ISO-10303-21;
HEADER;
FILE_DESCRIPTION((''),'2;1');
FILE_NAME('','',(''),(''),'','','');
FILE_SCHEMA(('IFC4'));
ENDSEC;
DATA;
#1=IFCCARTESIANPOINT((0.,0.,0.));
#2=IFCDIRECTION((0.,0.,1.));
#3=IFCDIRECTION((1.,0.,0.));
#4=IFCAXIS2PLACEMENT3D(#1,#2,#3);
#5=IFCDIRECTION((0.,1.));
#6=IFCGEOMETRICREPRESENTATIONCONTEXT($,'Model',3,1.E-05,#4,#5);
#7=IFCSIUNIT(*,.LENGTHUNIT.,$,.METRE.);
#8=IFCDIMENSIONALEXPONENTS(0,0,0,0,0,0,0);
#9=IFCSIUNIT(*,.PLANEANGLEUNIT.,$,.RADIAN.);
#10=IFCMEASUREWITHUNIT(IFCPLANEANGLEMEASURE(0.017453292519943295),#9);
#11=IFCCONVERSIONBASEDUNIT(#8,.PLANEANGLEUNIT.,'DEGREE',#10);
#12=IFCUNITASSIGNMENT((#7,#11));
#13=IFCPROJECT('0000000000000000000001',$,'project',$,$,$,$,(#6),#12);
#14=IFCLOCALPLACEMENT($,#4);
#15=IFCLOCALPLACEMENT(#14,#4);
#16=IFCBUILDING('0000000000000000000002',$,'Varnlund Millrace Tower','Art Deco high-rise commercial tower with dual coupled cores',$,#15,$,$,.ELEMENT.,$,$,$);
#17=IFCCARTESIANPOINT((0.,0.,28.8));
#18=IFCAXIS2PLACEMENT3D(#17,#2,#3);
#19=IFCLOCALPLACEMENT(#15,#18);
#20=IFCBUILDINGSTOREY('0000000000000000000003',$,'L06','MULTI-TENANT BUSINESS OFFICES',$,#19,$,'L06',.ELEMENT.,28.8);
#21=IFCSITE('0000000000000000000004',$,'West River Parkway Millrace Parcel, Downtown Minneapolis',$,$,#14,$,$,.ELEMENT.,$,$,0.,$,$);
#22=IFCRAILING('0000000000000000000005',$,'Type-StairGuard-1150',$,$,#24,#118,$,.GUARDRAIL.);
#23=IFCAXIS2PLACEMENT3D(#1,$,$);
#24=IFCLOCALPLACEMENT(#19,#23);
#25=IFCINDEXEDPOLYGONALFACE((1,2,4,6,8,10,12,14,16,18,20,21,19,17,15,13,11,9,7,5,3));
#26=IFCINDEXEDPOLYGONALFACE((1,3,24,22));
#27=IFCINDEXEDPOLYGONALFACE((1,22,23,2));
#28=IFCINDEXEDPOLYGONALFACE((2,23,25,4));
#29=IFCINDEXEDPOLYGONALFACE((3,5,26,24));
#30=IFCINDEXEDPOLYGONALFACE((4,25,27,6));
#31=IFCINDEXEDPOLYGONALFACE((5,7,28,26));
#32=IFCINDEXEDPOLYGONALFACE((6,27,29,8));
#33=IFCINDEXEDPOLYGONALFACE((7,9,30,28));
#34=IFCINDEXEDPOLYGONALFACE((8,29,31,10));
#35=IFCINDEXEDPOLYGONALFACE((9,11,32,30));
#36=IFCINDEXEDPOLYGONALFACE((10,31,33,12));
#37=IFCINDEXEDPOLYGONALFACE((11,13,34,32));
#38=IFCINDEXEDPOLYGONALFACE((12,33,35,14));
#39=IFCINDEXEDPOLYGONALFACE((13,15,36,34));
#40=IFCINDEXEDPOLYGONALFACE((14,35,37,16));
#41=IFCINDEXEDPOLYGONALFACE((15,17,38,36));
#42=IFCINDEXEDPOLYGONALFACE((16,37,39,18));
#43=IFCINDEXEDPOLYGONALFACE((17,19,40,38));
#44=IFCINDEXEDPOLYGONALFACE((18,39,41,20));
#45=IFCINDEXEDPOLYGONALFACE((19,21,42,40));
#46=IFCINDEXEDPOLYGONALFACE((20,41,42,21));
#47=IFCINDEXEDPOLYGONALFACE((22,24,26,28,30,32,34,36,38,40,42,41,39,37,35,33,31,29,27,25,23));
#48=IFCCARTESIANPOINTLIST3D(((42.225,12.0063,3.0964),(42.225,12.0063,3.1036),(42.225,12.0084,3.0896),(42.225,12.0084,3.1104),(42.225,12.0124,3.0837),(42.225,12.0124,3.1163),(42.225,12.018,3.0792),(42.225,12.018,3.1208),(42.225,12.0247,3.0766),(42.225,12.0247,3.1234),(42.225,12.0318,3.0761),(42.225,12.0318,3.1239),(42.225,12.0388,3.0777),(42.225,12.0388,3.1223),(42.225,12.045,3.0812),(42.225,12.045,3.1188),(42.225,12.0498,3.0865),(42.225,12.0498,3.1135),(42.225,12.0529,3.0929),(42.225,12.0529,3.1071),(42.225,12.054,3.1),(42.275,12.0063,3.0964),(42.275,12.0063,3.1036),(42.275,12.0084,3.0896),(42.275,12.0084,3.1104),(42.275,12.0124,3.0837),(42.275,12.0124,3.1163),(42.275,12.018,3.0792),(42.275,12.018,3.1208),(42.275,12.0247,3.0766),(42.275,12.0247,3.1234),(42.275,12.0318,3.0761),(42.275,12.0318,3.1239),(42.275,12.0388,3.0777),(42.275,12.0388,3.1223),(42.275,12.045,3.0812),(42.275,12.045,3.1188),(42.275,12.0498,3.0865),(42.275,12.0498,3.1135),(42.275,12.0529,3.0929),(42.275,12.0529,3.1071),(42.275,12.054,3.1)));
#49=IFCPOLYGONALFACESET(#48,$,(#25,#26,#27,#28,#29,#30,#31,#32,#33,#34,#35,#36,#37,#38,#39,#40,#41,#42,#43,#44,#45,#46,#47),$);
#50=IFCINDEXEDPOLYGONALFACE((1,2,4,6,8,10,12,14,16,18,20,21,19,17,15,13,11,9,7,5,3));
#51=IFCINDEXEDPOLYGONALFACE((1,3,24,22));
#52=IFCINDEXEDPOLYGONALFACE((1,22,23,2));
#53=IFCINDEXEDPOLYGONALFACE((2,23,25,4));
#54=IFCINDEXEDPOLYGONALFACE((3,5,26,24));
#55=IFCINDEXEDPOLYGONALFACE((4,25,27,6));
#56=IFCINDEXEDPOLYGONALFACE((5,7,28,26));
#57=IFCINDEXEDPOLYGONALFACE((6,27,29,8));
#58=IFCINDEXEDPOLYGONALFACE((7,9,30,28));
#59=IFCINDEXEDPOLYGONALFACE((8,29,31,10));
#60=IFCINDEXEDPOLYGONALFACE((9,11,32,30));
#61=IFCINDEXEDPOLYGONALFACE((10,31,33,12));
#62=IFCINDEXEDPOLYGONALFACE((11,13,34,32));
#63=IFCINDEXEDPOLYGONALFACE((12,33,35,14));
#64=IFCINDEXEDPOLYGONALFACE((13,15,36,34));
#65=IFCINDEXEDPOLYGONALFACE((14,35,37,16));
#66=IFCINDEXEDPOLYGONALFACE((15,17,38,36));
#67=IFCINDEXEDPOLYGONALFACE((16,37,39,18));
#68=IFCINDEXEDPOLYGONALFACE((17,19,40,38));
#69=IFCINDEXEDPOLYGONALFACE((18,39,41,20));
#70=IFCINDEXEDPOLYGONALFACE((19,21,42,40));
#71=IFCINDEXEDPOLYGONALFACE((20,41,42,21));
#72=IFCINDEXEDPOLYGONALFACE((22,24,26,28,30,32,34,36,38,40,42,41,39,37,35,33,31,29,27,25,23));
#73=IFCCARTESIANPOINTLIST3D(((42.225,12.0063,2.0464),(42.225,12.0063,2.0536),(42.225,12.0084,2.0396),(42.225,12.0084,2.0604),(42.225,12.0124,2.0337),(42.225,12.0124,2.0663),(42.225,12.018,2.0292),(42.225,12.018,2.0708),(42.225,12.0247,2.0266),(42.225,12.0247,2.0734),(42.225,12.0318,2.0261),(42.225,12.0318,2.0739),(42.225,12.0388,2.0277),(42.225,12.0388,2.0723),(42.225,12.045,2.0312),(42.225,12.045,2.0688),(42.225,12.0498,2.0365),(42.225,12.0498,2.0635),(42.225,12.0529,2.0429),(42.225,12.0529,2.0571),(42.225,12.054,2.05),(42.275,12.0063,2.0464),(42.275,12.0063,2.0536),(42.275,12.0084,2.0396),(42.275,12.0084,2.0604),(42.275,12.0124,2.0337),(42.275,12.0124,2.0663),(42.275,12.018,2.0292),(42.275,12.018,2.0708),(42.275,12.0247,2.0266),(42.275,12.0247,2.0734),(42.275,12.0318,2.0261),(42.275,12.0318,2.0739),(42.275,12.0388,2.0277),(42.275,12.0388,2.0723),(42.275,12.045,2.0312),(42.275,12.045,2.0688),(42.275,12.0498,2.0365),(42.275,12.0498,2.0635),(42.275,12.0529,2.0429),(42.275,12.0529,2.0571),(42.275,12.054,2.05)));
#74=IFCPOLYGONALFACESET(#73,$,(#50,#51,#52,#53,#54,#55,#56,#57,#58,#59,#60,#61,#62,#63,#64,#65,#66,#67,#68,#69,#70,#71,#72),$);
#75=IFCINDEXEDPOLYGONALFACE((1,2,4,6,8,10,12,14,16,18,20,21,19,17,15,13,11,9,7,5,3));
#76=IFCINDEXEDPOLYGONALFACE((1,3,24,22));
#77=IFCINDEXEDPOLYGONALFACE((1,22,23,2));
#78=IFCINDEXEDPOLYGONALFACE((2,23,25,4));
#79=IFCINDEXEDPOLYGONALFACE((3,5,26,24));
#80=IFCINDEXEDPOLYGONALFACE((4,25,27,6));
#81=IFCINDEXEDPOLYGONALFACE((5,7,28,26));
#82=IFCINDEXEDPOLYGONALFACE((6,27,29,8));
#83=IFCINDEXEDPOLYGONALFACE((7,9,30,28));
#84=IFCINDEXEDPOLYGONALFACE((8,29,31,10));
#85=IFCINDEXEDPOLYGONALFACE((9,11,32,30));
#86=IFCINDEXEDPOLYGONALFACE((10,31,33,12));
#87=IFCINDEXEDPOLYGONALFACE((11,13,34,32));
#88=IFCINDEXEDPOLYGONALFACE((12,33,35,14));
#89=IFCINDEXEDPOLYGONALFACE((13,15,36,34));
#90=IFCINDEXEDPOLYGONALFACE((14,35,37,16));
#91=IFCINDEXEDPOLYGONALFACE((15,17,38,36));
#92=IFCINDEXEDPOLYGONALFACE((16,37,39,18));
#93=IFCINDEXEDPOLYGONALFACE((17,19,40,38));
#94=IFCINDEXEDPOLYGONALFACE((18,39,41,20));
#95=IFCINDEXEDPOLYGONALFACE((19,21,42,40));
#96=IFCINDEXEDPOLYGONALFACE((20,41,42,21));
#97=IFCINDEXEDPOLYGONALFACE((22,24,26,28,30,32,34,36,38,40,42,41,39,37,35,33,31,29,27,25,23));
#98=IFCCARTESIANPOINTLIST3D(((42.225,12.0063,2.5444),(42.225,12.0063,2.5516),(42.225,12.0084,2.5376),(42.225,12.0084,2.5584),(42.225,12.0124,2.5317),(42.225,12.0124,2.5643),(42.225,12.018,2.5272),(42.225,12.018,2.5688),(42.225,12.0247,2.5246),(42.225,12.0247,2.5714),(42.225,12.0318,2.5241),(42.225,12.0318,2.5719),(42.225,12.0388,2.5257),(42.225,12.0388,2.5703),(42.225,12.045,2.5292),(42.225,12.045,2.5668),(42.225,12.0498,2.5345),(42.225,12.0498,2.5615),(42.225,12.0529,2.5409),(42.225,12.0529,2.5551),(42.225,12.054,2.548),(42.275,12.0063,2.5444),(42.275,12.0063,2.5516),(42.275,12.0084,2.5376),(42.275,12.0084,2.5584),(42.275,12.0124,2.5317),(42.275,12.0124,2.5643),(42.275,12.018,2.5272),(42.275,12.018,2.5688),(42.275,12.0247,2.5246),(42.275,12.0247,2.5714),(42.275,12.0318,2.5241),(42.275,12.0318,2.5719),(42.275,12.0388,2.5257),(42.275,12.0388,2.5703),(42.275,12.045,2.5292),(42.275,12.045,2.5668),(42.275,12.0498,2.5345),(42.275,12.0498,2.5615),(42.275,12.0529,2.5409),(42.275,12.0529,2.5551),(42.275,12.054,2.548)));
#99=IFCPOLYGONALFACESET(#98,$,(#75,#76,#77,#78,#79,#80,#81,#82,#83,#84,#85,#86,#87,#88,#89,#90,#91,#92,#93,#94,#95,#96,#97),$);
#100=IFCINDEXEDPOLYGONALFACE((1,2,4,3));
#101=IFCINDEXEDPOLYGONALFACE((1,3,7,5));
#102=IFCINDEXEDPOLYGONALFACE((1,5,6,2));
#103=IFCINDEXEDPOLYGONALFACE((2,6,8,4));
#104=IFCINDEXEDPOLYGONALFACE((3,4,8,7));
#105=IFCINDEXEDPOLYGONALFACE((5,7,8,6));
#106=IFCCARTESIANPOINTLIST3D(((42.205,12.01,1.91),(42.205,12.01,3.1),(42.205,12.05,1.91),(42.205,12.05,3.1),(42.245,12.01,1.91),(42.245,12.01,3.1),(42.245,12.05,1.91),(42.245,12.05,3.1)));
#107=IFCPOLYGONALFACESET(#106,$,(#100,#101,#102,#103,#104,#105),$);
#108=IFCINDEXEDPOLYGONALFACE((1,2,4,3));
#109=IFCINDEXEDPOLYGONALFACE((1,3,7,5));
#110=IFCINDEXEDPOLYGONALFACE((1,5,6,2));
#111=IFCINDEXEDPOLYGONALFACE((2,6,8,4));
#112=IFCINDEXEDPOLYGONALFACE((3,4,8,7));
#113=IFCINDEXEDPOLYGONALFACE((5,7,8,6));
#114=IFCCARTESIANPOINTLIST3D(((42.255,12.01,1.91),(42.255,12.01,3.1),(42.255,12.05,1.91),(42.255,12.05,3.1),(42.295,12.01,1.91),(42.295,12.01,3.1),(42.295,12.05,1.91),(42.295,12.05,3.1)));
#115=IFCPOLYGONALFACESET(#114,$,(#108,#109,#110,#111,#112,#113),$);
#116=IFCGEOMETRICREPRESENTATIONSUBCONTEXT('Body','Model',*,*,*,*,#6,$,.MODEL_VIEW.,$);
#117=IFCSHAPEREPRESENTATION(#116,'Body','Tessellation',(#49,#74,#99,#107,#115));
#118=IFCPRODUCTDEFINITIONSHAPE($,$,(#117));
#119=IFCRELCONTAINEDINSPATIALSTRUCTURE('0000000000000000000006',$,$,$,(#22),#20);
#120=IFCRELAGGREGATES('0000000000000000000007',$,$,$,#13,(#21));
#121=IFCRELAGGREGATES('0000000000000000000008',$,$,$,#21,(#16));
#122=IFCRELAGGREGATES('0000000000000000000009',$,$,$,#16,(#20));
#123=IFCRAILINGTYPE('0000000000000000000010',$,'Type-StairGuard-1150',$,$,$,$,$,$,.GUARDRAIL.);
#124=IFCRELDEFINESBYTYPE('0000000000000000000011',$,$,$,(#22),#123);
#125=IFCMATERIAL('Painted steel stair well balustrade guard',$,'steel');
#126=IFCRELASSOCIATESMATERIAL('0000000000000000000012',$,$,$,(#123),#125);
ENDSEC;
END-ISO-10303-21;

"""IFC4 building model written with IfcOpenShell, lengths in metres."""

from ifc_helpers import new_model, entity, si_unit, converted_unit, direction, frame, origin_with_axes, origin_2d_with_axis, place, context, subcontext, project, spatial, rectangle, circle, extrude, material, type_object, element, save


model = new_model("IFC4")

# Units and contexts
model_context = context("Model", 3, precision=1e-05, world=origin_with_axes(), true_north=direction((0.0, 1.0)))
body_context = subcontext(model_context, "Body", "Model", "MODEL_VIEW")
ifc_project = project(units=[si_unit("LENGTHUNIT", "METRE"), converted_unit("PLANEANGLEUNIT", "DEGREE", entity("IfcPlaneAngleMeasure", 0.017453292519943295), si_unit("PLANEANGLEUNIT", "RADIAN"), dimensions=[0, 0, 0, 0, 0, 0, 0])], contexts=[model_context])

# Site, building, storey
site_placement = place(None, origin_with_axes())
site = spatial("IfcSite", under=ifc_project, at=site_placement, Name="West River Parkway Millrace Parcel, Downtown Minneapolis", CompositionType="ELEMENT", RefElevation=0.0)
building_placement = place(site_placement, origin_with_axes())
building = spatial("IfcBuilding", under=site, at=building_placement, Name="Varnlund Millrace Tower", Description="Art Deco high-rise commercial tower with dual coupled cores", CompositionType="ELEMENT")
storey_placement = place(building_placement, frame((0.0, 0.0, 28.8), z_axis=(0.0, 0.0, 1.0), x_axis=(1.0, 0.0, 0.0)))
storey = spatial("IfcBuildingStorey", under=building, at=storey_placement, Name="L06", Description="MULTI-TENANT BUSINESS OFFICES", LongName="L06", CompositionType="ELEMENT", Elevation=28.8)

# Railing
ifc_material_1 = material(Name="Painted steel stair well balustrade guard", Category="steel")
railing_type_1 = type_object("IfcRailingType", Name="Type-StairGuard-1150", PredefinedType="GUARDRAIL", material=ifc_material_1)
railing_1_placement = place(storey_placement, frame((0.0, 0.0, -28.8), z_axis=(0.0, 0.0, 1.0), x_axis=(1.0, 0.0, 0.0)))
element("IfcRailing", 1, at=railing_1_placement, inside=storey, type_object=railing_type_1, Name="Type-StairGuard-1150", PredefinedType="GUARDRAIL", context=body_context, shape_type="SweptSolid", body=[
    extrude(circle(Radius=0.024, at=origin_2d_with_axis()), frame((42.225, 12.03, 31.9), z_axis=(1.0, 0.0, 0.0), x_axis=(0.0, 1.0, 0.0)), (0.0, 0.0, 1.0), 0.05),
    extrude(circle(Radius=0.024, at=origin_2d_with_axis()), frame((42.225, 12.03, 30.85), z_axis=(1.0, 0.0, 0.0), x_axis=(0.0, 1.0, 0.0)), (0.0, 0.0, 1.0), 0.05),
    extrude(circle(Radius=0.024, at=origin_2d_with_axis()), frame((42.225, 12.03, 31.348), z_axis=(1.0, 0.0, 0.0), x_axis=(0.0, 1.0, 0.0)), (0.0, 0.0, 1.0), 0.05),
    extrude(rectangle(XDim=0.04, YDim=0.04, at=origin_2d_with_axis()), frame((42.225, 12.03, 30.71), z_axis=(0.0, 0.0, 1.0), x_axis=(1.0, 0.0, 0.0)), (0.0, 0.0, 1.0), 1.19),
    extrude(rectangle(XDim=0.04, YDim=0.04, at=origin_2d_with_axis()), frame((42.275, 12.03, 30.71), z_axis=(0.0, 0.0, 1.0), x_axis=(1.0, 0.0, 0.0)), (0.0, 0.0, 1.0), 1.19),
])

save(model, "model.ifc")
